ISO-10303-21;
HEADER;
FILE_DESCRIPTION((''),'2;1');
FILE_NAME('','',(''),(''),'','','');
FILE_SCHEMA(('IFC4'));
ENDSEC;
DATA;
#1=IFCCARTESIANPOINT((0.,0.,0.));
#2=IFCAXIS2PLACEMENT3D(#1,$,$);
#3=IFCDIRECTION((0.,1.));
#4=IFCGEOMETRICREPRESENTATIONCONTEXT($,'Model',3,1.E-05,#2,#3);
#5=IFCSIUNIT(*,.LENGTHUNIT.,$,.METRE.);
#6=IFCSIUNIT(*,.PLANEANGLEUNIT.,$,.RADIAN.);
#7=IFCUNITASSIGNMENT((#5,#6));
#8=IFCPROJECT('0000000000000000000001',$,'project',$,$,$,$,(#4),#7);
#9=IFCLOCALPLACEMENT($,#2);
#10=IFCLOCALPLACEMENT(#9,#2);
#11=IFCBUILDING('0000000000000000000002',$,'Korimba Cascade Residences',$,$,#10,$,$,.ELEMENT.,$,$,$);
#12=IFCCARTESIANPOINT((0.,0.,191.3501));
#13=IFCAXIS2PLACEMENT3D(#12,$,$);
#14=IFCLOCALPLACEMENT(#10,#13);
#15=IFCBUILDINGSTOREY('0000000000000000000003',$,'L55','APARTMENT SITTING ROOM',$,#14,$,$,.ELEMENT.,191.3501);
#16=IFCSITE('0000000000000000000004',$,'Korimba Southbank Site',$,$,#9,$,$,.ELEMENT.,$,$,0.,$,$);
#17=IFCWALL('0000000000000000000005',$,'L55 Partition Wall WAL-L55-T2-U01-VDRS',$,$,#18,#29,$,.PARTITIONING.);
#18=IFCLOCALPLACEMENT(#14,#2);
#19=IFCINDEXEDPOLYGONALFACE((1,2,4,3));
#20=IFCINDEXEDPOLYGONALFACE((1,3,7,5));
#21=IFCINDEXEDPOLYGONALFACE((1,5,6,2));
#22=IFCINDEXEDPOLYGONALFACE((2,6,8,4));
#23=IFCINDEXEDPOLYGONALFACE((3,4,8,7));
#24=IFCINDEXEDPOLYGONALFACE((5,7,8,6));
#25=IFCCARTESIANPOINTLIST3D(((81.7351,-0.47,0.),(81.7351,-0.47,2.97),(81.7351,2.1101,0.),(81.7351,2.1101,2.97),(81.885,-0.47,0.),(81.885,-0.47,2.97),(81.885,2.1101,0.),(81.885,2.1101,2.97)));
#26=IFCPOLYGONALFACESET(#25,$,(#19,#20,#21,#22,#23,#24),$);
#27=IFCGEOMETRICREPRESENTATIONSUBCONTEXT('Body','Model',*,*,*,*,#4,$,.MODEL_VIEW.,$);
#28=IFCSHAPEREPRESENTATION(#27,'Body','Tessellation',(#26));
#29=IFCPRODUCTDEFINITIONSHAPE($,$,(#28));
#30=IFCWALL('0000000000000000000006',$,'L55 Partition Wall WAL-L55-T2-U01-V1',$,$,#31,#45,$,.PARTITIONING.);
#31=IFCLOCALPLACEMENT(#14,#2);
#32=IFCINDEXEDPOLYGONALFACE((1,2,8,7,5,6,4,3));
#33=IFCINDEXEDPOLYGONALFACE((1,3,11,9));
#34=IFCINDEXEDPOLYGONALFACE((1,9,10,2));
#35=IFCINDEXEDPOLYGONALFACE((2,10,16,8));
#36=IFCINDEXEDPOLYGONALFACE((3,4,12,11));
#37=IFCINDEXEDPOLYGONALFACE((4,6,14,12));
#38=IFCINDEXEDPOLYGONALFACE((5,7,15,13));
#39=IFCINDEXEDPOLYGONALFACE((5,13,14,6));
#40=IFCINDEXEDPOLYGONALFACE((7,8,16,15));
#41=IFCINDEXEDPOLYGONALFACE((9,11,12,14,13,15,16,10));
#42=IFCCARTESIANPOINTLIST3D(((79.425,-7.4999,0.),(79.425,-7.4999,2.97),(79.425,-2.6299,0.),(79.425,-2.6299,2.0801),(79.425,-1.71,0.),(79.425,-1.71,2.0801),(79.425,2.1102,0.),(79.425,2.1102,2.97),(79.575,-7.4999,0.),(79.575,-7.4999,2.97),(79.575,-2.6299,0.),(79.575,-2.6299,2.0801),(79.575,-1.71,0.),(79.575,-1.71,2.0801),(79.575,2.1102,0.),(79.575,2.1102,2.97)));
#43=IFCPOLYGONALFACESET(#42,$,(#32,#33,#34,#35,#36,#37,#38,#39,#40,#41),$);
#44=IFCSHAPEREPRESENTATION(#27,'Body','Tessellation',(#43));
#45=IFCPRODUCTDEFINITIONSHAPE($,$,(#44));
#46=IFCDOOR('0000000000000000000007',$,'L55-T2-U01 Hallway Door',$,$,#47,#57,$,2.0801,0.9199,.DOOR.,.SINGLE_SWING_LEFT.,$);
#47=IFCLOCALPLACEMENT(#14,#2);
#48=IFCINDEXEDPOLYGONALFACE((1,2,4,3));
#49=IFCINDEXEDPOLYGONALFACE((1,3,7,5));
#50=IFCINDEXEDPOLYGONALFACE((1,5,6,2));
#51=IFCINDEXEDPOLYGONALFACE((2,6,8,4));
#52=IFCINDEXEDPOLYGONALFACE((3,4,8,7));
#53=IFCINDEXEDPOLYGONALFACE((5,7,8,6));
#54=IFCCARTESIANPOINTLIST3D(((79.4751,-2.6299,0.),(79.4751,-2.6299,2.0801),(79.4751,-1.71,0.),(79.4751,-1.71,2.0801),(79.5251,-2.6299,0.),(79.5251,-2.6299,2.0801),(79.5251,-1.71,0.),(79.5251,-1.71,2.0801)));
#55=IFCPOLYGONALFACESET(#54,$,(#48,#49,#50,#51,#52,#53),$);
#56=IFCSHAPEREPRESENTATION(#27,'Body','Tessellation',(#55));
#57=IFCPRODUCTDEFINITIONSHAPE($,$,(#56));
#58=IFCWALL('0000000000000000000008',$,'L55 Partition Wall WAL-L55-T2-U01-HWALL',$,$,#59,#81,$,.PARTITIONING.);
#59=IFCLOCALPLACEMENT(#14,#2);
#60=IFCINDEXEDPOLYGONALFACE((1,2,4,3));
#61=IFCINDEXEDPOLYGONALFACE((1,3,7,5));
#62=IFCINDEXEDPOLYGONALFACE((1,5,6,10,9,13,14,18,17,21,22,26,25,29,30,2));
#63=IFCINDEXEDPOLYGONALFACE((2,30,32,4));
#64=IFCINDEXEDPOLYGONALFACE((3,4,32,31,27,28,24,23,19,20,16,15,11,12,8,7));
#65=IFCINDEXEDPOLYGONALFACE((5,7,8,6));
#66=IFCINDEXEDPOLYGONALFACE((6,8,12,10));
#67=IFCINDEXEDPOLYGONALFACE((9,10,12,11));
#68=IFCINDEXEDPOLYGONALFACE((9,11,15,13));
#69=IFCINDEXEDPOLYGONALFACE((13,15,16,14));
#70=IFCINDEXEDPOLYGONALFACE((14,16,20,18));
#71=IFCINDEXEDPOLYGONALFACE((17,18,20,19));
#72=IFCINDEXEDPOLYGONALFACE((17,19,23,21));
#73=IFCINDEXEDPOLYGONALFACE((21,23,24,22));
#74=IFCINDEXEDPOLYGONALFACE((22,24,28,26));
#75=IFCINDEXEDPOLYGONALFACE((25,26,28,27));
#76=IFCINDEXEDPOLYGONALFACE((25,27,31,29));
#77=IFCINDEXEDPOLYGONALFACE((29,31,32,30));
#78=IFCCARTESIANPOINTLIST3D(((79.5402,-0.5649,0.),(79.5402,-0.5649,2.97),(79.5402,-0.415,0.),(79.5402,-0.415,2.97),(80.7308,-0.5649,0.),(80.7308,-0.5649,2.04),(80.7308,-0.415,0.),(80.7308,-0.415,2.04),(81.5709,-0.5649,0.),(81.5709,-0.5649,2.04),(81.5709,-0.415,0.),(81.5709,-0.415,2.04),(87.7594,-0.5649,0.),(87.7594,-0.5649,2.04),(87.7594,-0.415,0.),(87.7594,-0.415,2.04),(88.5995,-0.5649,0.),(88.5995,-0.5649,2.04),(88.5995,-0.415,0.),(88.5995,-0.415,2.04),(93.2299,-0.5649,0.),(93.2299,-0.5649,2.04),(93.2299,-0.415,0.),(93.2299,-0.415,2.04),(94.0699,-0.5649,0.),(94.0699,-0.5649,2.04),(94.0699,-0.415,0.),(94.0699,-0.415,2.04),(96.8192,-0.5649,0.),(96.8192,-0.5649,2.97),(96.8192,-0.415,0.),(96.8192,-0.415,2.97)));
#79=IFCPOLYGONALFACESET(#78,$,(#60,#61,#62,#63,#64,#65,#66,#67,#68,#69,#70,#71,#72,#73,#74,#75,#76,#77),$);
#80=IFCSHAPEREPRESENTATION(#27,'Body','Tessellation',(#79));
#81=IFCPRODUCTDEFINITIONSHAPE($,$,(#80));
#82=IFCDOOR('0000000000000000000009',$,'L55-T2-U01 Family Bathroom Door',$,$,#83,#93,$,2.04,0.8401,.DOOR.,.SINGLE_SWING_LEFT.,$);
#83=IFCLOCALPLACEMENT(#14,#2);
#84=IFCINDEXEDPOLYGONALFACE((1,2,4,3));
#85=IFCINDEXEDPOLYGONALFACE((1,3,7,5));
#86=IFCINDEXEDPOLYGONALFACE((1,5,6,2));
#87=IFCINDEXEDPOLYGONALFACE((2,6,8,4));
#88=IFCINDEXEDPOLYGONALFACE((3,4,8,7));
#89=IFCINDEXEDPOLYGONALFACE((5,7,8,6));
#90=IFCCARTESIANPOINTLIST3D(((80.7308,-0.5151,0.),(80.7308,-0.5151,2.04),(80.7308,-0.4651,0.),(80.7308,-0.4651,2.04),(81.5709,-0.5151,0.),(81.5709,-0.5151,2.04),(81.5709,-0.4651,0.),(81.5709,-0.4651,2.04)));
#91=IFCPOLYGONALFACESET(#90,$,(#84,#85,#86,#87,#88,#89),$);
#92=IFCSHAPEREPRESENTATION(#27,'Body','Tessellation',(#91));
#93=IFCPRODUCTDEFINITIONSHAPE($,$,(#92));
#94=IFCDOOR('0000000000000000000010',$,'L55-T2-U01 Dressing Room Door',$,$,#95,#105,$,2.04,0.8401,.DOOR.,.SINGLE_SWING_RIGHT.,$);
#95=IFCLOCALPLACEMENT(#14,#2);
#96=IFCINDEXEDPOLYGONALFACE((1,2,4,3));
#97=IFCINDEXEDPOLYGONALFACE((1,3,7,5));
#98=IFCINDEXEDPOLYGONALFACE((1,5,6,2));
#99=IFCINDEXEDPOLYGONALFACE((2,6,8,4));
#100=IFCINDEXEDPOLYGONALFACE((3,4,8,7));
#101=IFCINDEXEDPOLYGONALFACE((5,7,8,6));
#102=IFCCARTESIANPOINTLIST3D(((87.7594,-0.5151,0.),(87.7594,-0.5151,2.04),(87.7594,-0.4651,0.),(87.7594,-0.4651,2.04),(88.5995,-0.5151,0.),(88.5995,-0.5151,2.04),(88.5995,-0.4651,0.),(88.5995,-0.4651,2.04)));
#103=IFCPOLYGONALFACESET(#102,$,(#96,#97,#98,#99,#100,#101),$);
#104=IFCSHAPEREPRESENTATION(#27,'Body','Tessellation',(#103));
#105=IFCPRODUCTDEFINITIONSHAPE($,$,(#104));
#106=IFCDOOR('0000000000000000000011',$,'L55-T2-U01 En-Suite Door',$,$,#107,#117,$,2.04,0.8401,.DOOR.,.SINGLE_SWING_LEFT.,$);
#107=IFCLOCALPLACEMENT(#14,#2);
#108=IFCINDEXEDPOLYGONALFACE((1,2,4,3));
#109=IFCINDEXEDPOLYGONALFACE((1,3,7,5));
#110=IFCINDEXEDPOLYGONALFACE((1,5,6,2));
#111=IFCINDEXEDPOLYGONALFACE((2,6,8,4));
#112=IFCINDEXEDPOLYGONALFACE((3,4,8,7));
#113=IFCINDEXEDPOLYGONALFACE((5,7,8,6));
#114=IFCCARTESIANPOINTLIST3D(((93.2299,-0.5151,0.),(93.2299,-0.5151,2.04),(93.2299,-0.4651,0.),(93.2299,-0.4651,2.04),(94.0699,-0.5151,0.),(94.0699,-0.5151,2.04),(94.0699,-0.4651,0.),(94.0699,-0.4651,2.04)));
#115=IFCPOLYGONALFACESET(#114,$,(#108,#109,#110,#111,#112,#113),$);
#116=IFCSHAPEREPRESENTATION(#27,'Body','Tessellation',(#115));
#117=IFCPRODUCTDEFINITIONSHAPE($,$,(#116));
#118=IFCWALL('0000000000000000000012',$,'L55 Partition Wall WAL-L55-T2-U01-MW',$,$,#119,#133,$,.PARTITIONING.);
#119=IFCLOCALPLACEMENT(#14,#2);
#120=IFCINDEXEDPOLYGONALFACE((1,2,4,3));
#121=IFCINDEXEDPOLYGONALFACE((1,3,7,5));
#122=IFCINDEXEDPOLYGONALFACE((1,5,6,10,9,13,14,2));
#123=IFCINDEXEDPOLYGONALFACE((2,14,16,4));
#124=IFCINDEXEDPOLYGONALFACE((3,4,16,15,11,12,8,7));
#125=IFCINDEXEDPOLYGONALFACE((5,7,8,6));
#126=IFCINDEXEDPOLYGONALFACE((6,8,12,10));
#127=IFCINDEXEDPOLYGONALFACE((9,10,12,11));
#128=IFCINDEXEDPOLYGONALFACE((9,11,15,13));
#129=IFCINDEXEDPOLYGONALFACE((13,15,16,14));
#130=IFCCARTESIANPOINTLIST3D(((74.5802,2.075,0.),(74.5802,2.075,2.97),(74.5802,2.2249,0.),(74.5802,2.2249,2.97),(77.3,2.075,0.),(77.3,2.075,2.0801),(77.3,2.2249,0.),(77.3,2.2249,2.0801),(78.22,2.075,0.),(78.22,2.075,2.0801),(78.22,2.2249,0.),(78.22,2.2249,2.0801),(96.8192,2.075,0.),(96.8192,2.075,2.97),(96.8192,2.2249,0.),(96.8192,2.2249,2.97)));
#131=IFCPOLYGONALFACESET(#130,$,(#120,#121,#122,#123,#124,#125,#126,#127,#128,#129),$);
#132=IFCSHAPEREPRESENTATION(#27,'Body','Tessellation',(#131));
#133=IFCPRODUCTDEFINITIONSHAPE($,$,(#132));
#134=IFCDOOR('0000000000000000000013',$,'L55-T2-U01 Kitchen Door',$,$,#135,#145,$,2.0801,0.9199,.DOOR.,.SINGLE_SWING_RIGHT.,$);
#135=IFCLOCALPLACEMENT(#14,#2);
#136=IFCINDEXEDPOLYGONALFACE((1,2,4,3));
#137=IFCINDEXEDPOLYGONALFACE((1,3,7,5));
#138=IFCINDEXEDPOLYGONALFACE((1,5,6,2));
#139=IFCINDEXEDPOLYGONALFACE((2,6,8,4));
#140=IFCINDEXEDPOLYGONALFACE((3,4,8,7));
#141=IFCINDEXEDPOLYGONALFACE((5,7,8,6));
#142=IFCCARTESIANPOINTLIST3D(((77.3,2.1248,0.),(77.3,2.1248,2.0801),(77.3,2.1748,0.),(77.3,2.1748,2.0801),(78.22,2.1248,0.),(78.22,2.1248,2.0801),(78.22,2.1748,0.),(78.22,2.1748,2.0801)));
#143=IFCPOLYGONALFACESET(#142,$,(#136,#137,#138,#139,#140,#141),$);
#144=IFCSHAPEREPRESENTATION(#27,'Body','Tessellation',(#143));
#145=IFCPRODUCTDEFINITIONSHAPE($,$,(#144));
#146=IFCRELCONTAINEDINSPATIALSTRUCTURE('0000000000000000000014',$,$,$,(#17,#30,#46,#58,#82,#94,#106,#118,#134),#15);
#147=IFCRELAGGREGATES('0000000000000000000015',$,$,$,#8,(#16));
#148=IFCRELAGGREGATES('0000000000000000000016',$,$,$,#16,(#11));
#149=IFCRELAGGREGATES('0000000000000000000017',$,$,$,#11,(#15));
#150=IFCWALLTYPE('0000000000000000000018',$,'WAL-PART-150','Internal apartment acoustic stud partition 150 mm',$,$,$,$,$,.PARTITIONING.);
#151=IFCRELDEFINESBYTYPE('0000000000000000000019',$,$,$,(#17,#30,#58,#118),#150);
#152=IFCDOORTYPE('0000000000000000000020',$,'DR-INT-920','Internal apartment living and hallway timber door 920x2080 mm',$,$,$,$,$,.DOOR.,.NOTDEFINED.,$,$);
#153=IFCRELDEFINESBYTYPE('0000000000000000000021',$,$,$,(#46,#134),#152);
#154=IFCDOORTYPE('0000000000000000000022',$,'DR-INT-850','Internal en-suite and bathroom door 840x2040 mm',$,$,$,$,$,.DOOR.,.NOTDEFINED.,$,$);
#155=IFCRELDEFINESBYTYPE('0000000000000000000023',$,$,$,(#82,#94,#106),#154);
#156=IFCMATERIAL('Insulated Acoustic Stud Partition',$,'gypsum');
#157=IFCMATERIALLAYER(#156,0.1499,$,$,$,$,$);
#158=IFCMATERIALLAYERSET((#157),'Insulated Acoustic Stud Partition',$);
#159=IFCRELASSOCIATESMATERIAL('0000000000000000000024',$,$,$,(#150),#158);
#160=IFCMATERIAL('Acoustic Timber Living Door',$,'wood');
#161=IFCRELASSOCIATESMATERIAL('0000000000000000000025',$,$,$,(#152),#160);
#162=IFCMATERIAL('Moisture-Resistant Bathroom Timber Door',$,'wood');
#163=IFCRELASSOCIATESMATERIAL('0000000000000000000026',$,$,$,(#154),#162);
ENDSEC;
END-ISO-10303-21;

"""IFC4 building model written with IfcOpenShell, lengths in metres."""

from ifc_helpers import new_model, si_unit, direction, frame, frame_2d, origin, place, context, subcontext, project, spatial, rectangle, extrude, material, layer, layer_set, type_object, element, fill, save


model = new_model("IFC4")

# Units and contexts
model_context = context("Model", 3, precision=1e-05, world=origin(), true_north=direction((0.0, 1.0)))
body_context = subcontext(model_context, "Body", "Model", "MODEL_VIEW")
ifc_project = project(units=[si_unit("LENGTHUNIT", "METRE"), si_unit("PLANEANGLEUNIT", "RADIAN")], contexts=[model_context])

# Site, building, storey
site_placement = place(None, origin())
site = spatial("IfcSite", under=ifc_project, at=site_placement, Name="Korimba Southbank Site", CompositionType="ELEMENT", RefElevation=0.0)
building_placement = place(site_placement, origin())
building = spatial("IfcBuilding", under=site, at=building_placement, Name="Korimba Cascade Residences", CompositionType="ELEMENT")
storey_placement = place(building_placement, frame((0.0, 0.0, 191.3501)))
storey = spatial("IfcBuildingStorey", under=building, at=storey_placement, Name="L55", Description="APARTMENT SITTING ROOM", CompositionType="ELEMENT", Elevation=191.3501)

# Shared definitions
ifc_material_1 = material(Name="Insulated Acoustic Stud Partition", Category="gypsum")
ifc_layer_1 = layer(ifc_material_1, 0.1499)
ifc_layer_set_1 = layer_set([ifc_layer_1], Name="Insulated Acoustic Stud Partition")
wall_type_1 = type_object("IfcWallType", Name="WAL-PART-150", Description="Internal apartment acoustic stud partition 150 mm", PredefinedType="PARTITIONING", material=ifc_layer_set_1)

# Wall
wall_1_placement = place(storey_placement, frame((81.8101, -0.47, 0.0), z_axis=(0.0, 0.0, 1.0), x_axis=(0.0, 1.0, 0.0)))
element("IfcWall", 1, at=wall_1_placement, inside=storey, type_object=wall_type_1, Name="L55 Partition Wall WAL-L55-T2-U01-VDRS", PredefinedType="PARTITIONING", context=body_context, shape_type="SweptSolid", body=[
    extrude(rectangle(XDim=2.5801, YDim=0.1499, at=frame_2d((1.29, 0.0))), origin(), (0.0, 0.0, 1.0), 2.97),
])

# Wall, opening, door
wall_2_placement = place(storey_placement, frame((79.5, -7.5, 0.0), z_axis=(0.0, 0.0, 1.0), x_axis=(0.0, 1.0, 0.0)))
wall_2 = element("IfcWall", 2, at=wall_2_placement, inside=storey, type_object=wall_type_1, Name="L55 Partition Wall WAL-L55-T2-U01-V1", PredefinedType="PARTITIONING", context=body_context, shape_type="SweptSolid", body=[
    extrude(rectangle(XDim=9.6101, YDim=0.1499, at=frame_2d((4.8052, 0.0))), origin(), (0.0, 0.0, 1.0), 2.97),
])
opening_1_placement = place(wall_2_placement, frame((4.8701, 0.0, 0.0)))
opening_1 = element("IfcOpeningElement", 3, at=opening_1_placement, cuts=wall_2, PredefinedType="OPENING", context=body_context, shape_type="SweptSolid", body=[
    extrude(rectangle(XDim=0.9199, YDim=2.0801, at=frame_2d((0.46, 1.04))), frame((0.0, 0.085, 0.0), z_axis=(0.0, -1.0, 0.0), x_axis=(1.0, 0.0, 0.0)), (0.0, 0.0, 1.0), 0.1699),
])
ifc_material_2 = material(Name="Acoustic Timber Living Door", Category="wood")
door_type_1 = type_object("IfcDoorType", Name="DR-INT-920", Description="Internal apartment living and hallway timber door 920x2080 mm", OperationType="NOTDEFINED", PredefinedType="DOOR", material=ifc_material_2)
door_1_placement = place(opening_1_placement, origin())
door_1 = element("IfcDoor", 4, at=door_1_placement, inside=storey, type_object=door_type_1, Name="L55-T2-U01 Hallway Door", OperationType="SINGLE_SWING_LEFT", OverallHeight=2.0801, OverallWidth=0.9199, PredefinedType="DOOR", context=body_context, shape_type="SweptSolid", body=[
    extrude(rectangle(XDim=0.9199, YDim=2.0801, at=frame_2d((0.46, 1.04))), frame((0.0, 0.0249, 0.0), z_axis=(0.0, -1.0, 0.0), x_axis=(1.0, 0.0, 0.0)), (0.0, 0.0, 1.0), 0.05),
])
fill(opening_1, door_1)

# Wall, openings, doors
wall_3_placement = place(storey_placement, frame((79.54, -0.49, 0.0), z_axis=(0.0, 0.0, 1.0), x_axis=(1.0, 0.0, 0.0)))
wall_3 = element("IfcWall", 5, at=wall_3_placement, inside=storey, type_object=wall_type_1, Name="L55 Partition Wall WAL-L55-T2-U01-HWALL", PredefinedType="PARTITIONING", context=body_context, shape_type="SweptSolid", body=[
    extrude(rectangle(XDim=17.2791, YDim=0.1499, at=frame_2d((8.6396, 0.0))), origin(), (0.0, 0.0, 1.0), 2.97),
])
opening_2_placement = place(wall_3_placement, frame((1.1909, 0.0, 0.0)))
opening_2 = element("IfcOpeningElement", 6, at=opening_2_placement, cuts=wall_3, PredefinedType="OPENING", context=body_context, shape_type="SweptSolid", body=[
    extrude(rectangle(XDim=0.8401, YDim=2.04, at=frame_2d((0.4199, 1.02))), frame((0.0, 0.085, 0.0), z_axis=(0.0, -1.0, 0.0), x_axis=(1.0, 0.0, 0.0)), (0.0, 0.0, 1.0), 0.1699),
])
opening_3_placement = place(wall_3_placement, frame((8.2195, 0.0, 0.0)))
opening_3 = element("IfcOpeningElement", 7, at=opening_3_placement, cuts=wall_3, PredefinedType="OPENING", context=body_context, shape_type="SweptSolid", body=[
    extrude(rectangle(XDim=0.8401, YDim=2.04, at=frame_2d((0.4199, 1.02))), frame((0.0, 0.085, 0.0), z_axis=(0.0, -1.0, 0.0), x_axis=(1.0, 0.0, 0.0)), (0.0, 0.0, 1.0), 0.1699),
])
opening_4_placement = place(wall_3_placement, frame((13.6899, 0.0, 0.0)))
opening_4 = element("IfcOpeningElement", 8, at=opening_4_placement, cuts=wall_3, PredefinedType="OPENING", context=body_context, shape_type="SweptSolid", body=[
    extrude(rectangle(XDim=0.8401, YDim=2.04, at=frame_2d((0.4199, 1.02))), frame((0.0, 0.085, 0.0), z_axis=(0.0, -1.0, 0.0), x_axis=(1.0, 0.0, 0.0)), (0.0, 0.0, 1.0), 0.1699),
])
ifc_material_3 = material(Name="Moisture-Resistant Bathroom Timber Door", Category="wood")
door_type_2 = type_object("IfcDoorType", Name="DR-INT-850", Description="Internal en-suite and bathroom door 840x2040 mm", OperationType="NOTDEFINED", PredefinedType="DOOR", material=ifc_material_3)
door_2_placement = place(opening_2_placement, origin())
door_2 = element("IfcDoor", 9, at=door_2_placement, inside=storey, type_object=door_type_2, Name="L55-T2-U01 Family Bathroom Door", OperationType="SINGLE_SWING_LEFT", OverallHeight=2.04, OverallWidth=0.8401, PredefinedType="DOOR", context=body_context, shape_type="SweptSolid", body=[
    extrude(rectangle(XDim=0.8401, YDim=2.04, at=frame_2d((0.4199, 1.02))), frame((0.0, 0.0249, 0.0), z_axis=(0.0, -1.0, 0.0), x_axis=(1.0, 0.0, 0.0)), (0.0, 0.0, 1.0), 0.05),
])
fill(opening_2, door_2)
door_3_placement = place(opening_3_placement, origin())
door_3 = element("IfcDoor", 10, at=door_3_placement, inside=storey, type_object=door_type_2, Name="L55-T2-U01 Dressing Room Door", OperationType="SINGLE_SWING_RIGHT", OverallHeight=2.04, OverallWidth=0.8401, PredefinedType="DOOR", context=body_context, shape_type="SweptSolid", body=[
    extrude(rectangle(XDim=0.8401, YDim=2.04, at=frame_2d((0.4199, 1.02))), frame((0.0, 0.0249, 0.0), z_axis=(0.0, -1.0, 0.0), x_axis=(1.0, 0.0, 0.0)), (0.0, 0.0, 1.0), 0.05),
])
fill(opening_3, door_3)
door_4_placement = place(opening_4_placement, origin())
door_4 = element("IfcDoor", 11, at=door_4_placement, inside=storey, type_object=door_type_2, Name="L55-T2-U01 En-Suite Door", OperationType="SINGLE_SWING_LEFT", OverallHeight=2.04, OverallWidth=0.8401, PredefinedType="DOOR", context=body_context, shape_type="SweptSolid", body=[
    extrude(rectangle(XDim=0.8401, YDim=2.04, at=frame_2d((0.4199, 1.02))), frame((0.0, 0.0249, 0.0), z_axis=(0.0, -1.0, 0.0), x_axis=(1.0, 0.0, 0.0)), (0.0, 0.0, 1.0), 0.05),
])
fill(opening_4, door_4)

# Wall, opening, door
wall_4_placement = place(storey_placement, frame((74.5801, 2.1499, 0.0), z_axis=(0.0, 0.0, 1.0), x_axis=(1.0, 0.0, 0.0)))
wall_4 = element("IfcWall", 12, at=wall_4_placement, inside=storey, type_object=wall_type_1, Name="L55 Partition Wall WAL-L55-T2-U01-MW", PredefinedType="PARTITIONING", context=body_context, shape_type="SweptSolid", body=[
    extrude(rectangle(XDim=22.239, YDim=0.1499, at=frame_2d((11.1196, 0.0))), origin(), (0.0, 0.0, 1.0), 2.97),
])
opening_5_placement = place(wall_4_placement, frame((2.72, 0.0, 0.0)))
opening_5 = element("IfcOpeningElement", 13, at=opening_5_placement, cuts=wall_4, PredefinedType="OPENING", context=body_context, shape_type="SweptSolid", body=[
    extrude(rectangle(XDim=0.9199, YDim=2.0801, at=frame_2d((0.46, 1.04))), frame((0.0, 0.085, 0.0), z_axis=(0.0, -1.0, 0.0), x_axis=(1.0, 0.0, 0.0)), (0.0, 0.0, 1.0), 0.1699),
])
door_5_placement = place(opening_5_placement, origin())
door_5 = element("IfcDoor", 14, at=door_5_placement, inside=storey, type_object=door_type_1, Name="L55-T2-U01 Kitchen Door", OperationType="SINGLE_SWING_RIGHT", OverallHeight=2.0801, OverallWidth=0.9199, PredefinedType="DOOR", context=body_context, shape_type="SweptSolid", body=[
    extrude(rectangle(XDim=0.9199, YDim=2.0801, at=frame_2d((0.46, 1.04))), frame((0.0, 0.0249, 0.0), z_axis=(0.0, -1.0, 0.0), x_axis=(1.0, 0.0, 0.0)), (0.0, 0.0, 1.0), 0.05),
])
fill(opening_5, door_5)

save(model, "model.ifc")
